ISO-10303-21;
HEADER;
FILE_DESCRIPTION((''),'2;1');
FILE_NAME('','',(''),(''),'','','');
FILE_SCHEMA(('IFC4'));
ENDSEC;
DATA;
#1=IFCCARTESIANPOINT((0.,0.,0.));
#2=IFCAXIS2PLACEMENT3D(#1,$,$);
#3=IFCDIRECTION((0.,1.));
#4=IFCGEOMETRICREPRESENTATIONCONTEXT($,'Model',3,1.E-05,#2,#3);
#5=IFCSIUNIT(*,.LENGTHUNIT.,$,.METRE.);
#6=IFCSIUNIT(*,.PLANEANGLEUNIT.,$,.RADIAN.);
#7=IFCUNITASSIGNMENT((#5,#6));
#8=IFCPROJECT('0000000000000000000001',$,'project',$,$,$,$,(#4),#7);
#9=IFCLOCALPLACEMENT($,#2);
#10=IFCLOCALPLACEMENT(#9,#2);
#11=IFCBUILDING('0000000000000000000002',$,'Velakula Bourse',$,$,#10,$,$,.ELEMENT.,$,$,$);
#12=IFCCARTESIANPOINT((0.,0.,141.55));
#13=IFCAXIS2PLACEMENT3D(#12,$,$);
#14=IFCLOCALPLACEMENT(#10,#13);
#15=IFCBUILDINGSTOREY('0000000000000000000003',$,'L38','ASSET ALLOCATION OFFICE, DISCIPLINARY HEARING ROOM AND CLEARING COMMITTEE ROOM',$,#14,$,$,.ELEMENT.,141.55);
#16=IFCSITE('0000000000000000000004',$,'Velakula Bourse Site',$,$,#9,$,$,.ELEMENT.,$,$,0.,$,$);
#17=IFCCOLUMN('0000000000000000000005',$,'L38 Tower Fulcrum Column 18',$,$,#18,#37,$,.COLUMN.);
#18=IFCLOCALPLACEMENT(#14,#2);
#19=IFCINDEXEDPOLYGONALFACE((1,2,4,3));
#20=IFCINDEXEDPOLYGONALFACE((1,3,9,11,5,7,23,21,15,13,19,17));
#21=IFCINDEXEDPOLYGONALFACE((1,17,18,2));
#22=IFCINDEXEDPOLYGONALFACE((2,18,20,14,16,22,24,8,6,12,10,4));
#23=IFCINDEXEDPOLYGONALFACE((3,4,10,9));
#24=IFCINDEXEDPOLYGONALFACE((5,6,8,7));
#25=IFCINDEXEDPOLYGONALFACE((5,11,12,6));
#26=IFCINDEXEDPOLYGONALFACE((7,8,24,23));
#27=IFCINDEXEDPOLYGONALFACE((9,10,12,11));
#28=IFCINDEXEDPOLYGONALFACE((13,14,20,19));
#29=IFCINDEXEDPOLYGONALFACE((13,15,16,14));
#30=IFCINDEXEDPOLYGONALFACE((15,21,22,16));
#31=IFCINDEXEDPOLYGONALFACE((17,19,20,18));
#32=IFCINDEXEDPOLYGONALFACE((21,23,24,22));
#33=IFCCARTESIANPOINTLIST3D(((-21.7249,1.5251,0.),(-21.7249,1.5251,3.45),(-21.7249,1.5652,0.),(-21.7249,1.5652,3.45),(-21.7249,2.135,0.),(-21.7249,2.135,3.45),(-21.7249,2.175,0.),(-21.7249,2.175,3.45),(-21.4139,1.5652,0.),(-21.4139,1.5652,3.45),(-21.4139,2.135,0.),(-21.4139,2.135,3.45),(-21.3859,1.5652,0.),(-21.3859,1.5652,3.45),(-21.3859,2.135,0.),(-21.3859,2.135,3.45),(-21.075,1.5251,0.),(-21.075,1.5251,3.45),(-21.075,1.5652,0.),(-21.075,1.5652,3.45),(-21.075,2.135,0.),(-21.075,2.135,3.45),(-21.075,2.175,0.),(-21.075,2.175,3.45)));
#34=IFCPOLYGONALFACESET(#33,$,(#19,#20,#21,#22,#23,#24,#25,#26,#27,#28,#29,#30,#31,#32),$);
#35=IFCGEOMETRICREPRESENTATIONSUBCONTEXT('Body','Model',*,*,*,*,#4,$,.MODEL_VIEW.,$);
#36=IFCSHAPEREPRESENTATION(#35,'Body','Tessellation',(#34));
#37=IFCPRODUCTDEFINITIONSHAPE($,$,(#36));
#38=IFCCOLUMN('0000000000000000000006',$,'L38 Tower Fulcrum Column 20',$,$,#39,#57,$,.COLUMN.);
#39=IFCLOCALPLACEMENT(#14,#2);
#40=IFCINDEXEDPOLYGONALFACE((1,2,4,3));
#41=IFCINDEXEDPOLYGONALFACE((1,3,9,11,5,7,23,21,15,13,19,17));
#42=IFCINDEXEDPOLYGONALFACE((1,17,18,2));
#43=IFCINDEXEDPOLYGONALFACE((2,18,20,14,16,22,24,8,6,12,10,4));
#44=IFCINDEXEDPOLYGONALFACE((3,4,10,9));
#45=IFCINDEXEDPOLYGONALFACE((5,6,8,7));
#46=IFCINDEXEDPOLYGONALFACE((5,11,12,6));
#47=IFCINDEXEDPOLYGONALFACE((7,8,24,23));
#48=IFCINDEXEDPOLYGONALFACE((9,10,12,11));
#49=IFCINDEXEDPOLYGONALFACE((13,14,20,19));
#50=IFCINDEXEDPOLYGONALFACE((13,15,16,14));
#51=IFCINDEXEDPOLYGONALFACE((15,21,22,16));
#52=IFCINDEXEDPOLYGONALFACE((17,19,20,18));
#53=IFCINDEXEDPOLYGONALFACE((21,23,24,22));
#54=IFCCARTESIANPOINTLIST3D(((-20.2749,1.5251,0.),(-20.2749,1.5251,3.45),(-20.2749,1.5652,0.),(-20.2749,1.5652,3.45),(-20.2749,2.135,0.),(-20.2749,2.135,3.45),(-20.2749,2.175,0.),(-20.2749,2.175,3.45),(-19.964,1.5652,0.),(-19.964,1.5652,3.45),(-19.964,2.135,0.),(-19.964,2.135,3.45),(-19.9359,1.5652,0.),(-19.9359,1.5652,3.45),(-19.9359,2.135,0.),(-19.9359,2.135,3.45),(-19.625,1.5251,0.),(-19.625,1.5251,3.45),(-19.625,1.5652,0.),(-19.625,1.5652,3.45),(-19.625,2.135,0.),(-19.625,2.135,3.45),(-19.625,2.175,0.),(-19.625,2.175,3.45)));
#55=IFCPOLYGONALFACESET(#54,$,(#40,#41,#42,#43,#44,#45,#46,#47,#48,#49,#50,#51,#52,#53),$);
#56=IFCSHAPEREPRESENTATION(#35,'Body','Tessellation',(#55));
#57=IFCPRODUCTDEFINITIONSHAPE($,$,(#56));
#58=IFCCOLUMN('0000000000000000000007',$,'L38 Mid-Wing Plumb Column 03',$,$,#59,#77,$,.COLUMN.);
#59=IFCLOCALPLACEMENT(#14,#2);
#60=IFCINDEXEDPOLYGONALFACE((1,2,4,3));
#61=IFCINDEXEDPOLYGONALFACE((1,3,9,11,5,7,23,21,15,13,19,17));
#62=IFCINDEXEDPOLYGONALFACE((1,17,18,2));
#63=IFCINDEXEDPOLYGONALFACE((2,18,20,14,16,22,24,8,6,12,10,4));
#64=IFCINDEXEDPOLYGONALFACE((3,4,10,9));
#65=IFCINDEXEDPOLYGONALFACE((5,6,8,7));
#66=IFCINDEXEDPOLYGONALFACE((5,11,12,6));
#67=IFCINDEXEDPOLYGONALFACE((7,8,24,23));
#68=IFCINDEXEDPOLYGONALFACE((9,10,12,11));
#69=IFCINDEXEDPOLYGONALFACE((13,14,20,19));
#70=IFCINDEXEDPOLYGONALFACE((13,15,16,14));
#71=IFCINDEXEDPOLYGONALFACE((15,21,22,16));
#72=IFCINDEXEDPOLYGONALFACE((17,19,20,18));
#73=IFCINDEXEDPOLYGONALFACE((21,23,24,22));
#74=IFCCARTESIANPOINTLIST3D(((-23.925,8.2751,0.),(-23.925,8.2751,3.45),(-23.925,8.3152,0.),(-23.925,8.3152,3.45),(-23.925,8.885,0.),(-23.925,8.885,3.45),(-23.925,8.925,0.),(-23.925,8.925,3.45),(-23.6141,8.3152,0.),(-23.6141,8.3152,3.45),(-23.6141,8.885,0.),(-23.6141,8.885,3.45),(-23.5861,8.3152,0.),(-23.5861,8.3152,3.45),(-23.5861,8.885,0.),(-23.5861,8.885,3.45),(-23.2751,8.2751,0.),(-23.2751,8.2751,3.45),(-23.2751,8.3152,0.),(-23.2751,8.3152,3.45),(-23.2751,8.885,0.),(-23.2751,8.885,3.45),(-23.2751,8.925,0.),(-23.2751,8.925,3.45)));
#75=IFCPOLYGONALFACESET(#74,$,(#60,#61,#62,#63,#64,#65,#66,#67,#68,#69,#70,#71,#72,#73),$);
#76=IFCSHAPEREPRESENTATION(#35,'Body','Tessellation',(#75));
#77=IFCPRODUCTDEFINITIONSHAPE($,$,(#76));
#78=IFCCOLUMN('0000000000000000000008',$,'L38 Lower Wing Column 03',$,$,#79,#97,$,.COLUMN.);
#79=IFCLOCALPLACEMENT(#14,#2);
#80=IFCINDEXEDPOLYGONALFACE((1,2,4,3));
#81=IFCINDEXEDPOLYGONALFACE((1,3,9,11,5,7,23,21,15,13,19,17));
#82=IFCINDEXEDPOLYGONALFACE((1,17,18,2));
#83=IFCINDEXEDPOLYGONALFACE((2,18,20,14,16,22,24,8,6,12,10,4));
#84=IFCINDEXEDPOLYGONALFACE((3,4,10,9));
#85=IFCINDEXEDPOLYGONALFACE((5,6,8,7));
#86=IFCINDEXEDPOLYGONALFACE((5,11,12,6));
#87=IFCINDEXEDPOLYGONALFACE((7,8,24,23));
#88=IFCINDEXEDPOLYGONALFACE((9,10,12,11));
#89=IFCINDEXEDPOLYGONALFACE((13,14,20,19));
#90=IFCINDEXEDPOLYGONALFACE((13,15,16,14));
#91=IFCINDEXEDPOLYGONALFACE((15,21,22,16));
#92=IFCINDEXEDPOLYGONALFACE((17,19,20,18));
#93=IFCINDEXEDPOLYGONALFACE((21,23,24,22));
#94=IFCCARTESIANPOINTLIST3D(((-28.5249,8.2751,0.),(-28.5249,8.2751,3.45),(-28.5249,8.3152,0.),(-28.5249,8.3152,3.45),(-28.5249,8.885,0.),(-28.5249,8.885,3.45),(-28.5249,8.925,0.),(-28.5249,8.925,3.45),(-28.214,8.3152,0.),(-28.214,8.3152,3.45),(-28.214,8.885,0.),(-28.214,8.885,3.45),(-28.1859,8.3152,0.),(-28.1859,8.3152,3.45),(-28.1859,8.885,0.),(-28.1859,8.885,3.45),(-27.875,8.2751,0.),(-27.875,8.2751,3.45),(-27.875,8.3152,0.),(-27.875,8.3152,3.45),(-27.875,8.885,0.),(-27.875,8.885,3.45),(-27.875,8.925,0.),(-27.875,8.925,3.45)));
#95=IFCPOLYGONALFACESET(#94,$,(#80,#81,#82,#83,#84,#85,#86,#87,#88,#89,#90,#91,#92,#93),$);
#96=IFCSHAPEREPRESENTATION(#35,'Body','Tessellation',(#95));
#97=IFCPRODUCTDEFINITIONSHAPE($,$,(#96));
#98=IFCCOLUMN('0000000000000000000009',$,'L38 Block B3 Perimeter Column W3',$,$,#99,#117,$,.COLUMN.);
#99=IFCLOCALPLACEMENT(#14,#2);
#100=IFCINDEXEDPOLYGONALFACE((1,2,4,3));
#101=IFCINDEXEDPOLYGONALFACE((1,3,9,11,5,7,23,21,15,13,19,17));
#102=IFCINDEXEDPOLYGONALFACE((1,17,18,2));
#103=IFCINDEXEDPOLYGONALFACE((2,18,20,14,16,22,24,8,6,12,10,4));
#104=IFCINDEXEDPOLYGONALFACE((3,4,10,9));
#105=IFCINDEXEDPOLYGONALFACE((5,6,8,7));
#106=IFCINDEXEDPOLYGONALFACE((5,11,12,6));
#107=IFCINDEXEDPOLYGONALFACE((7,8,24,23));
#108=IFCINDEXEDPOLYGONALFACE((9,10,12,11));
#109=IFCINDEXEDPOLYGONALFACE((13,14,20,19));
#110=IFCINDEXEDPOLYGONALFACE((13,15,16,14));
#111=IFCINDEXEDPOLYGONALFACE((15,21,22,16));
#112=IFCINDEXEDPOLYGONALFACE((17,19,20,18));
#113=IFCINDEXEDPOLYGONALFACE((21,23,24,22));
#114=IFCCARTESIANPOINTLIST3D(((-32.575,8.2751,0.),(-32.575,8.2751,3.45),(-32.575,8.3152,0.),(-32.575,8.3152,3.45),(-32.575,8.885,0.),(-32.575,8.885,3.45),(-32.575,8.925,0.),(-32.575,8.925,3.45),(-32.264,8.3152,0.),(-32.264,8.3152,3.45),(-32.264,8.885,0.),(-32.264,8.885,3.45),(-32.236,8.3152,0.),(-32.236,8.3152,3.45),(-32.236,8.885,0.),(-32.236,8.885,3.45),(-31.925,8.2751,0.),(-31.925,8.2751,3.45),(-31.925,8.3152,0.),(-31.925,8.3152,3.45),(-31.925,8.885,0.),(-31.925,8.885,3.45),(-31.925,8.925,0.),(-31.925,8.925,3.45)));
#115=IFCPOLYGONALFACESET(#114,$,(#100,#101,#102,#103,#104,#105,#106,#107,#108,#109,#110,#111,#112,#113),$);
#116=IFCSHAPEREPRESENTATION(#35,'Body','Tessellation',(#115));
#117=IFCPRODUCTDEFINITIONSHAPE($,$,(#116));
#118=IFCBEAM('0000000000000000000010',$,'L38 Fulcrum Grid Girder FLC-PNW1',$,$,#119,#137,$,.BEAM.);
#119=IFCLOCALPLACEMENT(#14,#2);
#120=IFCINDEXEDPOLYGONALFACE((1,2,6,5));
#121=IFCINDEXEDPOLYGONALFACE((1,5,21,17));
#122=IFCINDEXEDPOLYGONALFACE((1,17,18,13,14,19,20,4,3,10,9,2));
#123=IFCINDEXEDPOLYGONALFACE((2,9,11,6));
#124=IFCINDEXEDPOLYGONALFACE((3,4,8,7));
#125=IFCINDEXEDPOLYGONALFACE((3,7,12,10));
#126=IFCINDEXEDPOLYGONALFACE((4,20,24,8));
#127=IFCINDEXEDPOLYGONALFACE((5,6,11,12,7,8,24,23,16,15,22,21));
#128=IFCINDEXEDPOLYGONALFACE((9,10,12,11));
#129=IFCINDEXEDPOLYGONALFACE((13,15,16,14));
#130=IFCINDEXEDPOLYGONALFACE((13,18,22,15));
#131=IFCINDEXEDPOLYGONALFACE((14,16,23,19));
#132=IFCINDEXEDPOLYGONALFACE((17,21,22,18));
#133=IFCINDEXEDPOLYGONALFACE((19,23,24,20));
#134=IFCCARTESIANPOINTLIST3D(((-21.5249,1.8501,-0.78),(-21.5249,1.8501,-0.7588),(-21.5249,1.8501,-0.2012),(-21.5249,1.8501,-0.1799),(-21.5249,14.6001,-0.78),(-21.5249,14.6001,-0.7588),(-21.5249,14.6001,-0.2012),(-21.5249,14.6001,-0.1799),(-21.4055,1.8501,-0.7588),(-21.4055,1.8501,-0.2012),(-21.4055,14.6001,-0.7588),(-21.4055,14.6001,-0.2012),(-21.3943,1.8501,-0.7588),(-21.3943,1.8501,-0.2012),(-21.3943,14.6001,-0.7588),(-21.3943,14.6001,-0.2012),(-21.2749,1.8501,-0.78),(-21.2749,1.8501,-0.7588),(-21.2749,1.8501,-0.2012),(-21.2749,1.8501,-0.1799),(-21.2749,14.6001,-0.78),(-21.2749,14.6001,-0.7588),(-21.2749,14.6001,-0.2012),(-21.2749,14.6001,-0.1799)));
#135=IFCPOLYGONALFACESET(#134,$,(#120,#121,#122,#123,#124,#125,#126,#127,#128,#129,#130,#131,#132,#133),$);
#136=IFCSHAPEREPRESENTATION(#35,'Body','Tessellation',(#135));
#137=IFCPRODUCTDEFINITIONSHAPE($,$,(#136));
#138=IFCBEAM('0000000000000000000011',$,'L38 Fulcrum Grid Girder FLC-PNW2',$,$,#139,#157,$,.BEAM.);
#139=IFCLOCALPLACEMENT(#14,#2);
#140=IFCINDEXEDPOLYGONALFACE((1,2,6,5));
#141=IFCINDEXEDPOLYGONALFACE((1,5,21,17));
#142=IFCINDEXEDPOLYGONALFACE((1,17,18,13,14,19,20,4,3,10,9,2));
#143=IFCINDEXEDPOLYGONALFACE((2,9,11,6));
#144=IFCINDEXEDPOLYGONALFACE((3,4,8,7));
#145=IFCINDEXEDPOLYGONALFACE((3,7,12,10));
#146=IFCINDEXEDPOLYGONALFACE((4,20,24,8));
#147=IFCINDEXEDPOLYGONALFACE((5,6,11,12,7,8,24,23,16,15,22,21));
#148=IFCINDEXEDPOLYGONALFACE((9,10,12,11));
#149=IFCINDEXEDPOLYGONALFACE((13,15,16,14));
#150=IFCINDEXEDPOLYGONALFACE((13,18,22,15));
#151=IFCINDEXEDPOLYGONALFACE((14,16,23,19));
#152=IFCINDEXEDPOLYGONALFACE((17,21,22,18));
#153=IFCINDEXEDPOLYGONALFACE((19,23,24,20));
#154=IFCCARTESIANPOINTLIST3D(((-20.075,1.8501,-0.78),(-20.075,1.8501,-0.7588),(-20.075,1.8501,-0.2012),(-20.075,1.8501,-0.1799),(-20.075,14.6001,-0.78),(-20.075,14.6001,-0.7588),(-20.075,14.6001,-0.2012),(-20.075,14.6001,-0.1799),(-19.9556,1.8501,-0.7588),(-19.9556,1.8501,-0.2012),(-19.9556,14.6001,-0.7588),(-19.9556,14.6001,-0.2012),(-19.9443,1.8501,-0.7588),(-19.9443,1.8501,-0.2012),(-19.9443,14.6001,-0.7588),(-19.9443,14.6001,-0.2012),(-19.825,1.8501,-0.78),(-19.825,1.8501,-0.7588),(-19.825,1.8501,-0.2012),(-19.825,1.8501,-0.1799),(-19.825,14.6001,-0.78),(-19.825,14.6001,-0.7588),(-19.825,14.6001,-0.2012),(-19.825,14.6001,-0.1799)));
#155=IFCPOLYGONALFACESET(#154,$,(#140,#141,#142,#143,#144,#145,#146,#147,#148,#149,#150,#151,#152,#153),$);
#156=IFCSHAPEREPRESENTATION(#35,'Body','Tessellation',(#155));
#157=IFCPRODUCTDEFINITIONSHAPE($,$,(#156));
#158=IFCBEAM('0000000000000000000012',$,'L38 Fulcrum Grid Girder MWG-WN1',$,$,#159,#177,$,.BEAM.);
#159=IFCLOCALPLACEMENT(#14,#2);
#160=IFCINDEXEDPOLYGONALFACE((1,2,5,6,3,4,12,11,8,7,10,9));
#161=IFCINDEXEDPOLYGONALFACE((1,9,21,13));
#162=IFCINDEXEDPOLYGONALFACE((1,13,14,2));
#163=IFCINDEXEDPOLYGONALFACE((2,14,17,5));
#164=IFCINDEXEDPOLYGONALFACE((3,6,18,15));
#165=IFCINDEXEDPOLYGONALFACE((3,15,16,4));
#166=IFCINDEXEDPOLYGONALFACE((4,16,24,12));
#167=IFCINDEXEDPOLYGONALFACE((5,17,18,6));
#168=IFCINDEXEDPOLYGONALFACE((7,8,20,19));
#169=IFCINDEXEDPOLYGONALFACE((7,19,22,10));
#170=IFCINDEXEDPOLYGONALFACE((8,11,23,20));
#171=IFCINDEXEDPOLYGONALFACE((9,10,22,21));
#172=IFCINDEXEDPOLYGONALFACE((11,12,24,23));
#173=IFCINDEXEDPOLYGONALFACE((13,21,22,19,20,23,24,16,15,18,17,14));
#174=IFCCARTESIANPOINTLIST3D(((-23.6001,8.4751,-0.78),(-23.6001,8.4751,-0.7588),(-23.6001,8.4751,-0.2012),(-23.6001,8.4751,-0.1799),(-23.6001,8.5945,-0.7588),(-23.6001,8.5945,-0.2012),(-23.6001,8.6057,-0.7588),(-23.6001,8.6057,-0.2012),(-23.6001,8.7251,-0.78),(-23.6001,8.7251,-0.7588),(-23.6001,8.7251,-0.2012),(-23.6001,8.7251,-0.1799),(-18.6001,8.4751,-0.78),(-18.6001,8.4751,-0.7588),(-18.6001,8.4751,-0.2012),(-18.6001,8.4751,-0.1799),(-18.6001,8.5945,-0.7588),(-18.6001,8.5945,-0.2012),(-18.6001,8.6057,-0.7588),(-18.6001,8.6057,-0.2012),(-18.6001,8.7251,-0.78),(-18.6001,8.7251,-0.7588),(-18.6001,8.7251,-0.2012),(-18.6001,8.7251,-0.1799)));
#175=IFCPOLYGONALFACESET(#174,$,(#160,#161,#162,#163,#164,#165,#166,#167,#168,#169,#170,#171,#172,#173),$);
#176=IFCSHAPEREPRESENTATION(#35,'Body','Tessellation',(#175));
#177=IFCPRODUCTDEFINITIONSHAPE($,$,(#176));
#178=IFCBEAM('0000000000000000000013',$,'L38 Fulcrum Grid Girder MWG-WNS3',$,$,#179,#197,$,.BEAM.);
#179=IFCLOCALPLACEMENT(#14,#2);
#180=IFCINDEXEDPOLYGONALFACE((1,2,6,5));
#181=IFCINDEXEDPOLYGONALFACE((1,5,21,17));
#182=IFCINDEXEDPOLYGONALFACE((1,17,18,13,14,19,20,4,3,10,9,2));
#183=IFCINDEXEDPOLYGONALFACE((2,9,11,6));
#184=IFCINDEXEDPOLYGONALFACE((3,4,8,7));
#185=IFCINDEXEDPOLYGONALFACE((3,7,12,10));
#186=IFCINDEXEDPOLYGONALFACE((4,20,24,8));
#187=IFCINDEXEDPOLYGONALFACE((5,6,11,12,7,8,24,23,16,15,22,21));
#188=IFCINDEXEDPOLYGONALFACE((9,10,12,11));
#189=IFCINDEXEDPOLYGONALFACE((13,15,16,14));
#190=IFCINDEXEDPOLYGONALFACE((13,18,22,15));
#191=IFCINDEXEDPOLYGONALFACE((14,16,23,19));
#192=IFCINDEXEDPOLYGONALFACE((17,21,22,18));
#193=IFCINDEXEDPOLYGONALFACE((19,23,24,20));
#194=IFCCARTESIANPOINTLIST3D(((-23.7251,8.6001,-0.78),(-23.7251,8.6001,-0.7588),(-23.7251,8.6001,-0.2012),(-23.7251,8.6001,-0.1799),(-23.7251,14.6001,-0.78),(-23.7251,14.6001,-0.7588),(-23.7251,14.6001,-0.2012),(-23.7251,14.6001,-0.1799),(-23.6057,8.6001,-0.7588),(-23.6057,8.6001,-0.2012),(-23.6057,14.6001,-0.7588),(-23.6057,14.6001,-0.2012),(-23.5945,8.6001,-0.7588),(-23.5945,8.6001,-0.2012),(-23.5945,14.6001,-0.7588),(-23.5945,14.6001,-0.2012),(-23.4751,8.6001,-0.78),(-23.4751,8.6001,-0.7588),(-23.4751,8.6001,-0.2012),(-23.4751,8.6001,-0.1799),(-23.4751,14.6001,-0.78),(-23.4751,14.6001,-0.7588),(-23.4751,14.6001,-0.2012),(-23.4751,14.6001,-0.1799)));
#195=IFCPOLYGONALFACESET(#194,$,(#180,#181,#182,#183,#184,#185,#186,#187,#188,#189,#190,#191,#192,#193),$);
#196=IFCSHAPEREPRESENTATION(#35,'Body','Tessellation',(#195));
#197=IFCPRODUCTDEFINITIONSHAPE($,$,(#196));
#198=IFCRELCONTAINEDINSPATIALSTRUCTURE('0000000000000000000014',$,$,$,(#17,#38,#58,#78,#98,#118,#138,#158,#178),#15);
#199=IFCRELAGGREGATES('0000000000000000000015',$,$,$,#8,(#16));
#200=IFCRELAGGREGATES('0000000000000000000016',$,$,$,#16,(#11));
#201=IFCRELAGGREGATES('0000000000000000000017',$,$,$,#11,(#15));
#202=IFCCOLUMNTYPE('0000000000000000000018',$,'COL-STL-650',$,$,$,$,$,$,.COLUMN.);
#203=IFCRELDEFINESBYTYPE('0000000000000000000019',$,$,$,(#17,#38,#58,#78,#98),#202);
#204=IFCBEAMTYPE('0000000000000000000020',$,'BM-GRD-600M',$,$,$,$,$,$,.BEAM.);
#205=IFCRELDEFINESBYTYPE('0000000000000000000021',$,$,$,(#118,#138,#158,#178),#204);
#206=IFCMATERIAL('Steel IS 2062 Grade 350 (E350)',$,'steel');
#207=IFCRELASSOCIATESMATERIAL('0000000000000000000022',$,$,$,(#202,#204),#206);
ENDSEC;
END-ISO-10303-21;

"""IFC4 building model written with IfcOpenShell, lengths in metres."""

from ifc_helpers import new_model, si_unit, direction, frame, origin, origin_2d, place, context, subcontext, project, spatial, i_section, extrude, material, material_profile, profile_set, type_object, element, save


model = new_model("IFC4")

# Units and contexts
model_context = context("Model", 3, precision=1e-05, world=origin(), true_north=direction((0.0, 1.0)))
body_context = subcontext(model_context, "Body", "Model", "MODEL_VIEW")
ifc_project = project(units=[si_unit("LENGTHUNIT", "METRE"), si_unit("PLANEANGLEUNIT", "RADIAN")], contexts=[model_context])

# Site, building, storey
site_placement = place(None, origin())
site = spatial("IfcSite", under=ifc_project, at=site_placement, Name="Velakula Bourse Site", CompositionType="ELEMENT", RefElevation=0.0)
building_placement = place(site_placement, origin())
building = spatial("IfcBuilding", under=site, at=building_placement, Name="Velakula Bourse", CompositionType="ELEMENT")
storey_placement = place(building_placement, frame((0.0, 0.0, 141.55)))
storey = spatial("IfcBuildingStorey", under=building, at=storey_placement, Name="L38", Description="ASSET ALLOCATION OFFICE, DISCIPLINARY HEARING ROOM AND CLEARING COMMITTEE ROOM", CompositionType="ELEMENT", Elevation=141.55)

# Columns
ifc_material_1 = material(Name="Steel IS 2062 Grade 350 (E350)", Category="steel")
ifc_material_profile_1 = material_profile(ifc_material_1, i_section(OverallWidth=0.6499, OverallDepth=0.6499, WebThickness=0.0281, FlangeThickness=0.04, at=origin_2d()), Name="Steel IS 2062 Grade 350 (E350)")
ifc_profile_set_1 = profile_set([ifc_material_profile_1], Name="Steel IS 2062 Grade 350 (E350)")
column_type = type_object("IfcColumnType", Name="COL-STL-650", PredefinedType="COLUMN", material=ifc_profile_set_1)
for number, where, z_axis, x_axis, name in (
    (1, (-21.3999, 1.8501, 0.0), (0.0, 0.0, 1.0), (1.0, 0.0, 0.0), "L38 Tower Fulcrum Column 18"),
    (2, (-19.95, 1.8501, 0.0), (0.0, 0.0, 1.0), (1.0, 0.0, 0.0), "L38 Tower Fulcrum Column 20"),
    (3, (-23.6001, 8.6001, 0.0), (0.0, 0.0, 1.0), (1.0, 0.0, 0.0), "L38 Mid-Wing Plumb Column 03"),
    (4, (-28.2, 8.6001, 0.0), (0.0, 0.0, 1.0), (1.0, 0.0, 0.0), "L38 Lower Wing Column 03"),
    (5, (-32.25, 8.6001, 0.0), (0.0, 0.0, 1.0), (1.0, 0.0, 0.0), "L38 Block B3 Perimeter Column W3"),
):
    element("IfcColumn", number, at=place(storey_placement, frame(where, z_axis=z_axis, x_axis=x_axis)), inside=storey, type_object=column_type, Name=name, PredefinedType="COLUMN", context=body_context, shape_type="SweptSolid", body=[
        extrude(i_section(OverallWidth=0.6499, OverallDepth=0.6499, WebThickness=0.0281, FlangeThickness=0.04, at=origin_2d()), origin(), (0.0, 0.0, 1.0), 3.45),
    ])

# Beams
ifc_material_profile_2 = material_profile(ifc_material_1, i_section(OverallWidth=0.25, OverallDepth=0.6001, WebThickness=0.0112, FlangeThickness=0.0212, at=origin_2d()), Name="Steel IS 2062 Grade 350 (E350)")
ifc_profile_set_2 = profile_set([ifc_material_profile_2], Name="Steel IS 2062 Grade 350 (E350)")
beam_type_1 = type_object("IfcBeamType", Name="BM-GRD-600M", PredefinedType="BEAM", material=ifc_profile_set_2)
for number, where, z_axis, x_axis, name in (
    (6, (-21.3999, 1.8501, -0.48), (0.0, 1.0, 0.0), (-1.0, 0.0, 0.0), "L38 Fulcrum Grid Girder FLC-PNW1"),
    (7, (-19.95, 1.8501, -0.48), (0.0, 1.0, 0.0), (-1.0, 0.0, 0.0), "L38 Fulcrum Grid Girder FLC-PNW2"),
):
    element("IfcBeam", number, at=place(storey_placement, frame(where, z_axis=z_axis, x_axis=x_axis)), inside=storey, type_object=beam_type_1, Name=name, PredefinedType="BEAM", context=body_context, shape_type="SweptSolid", body=[
        extrude(i_section(OverallWidth=0.25, OverallDepth=0.6001, WebThickness=0.0112, FlangeThickness=0.0212, at=origin_2d()), origin(), (0.0, 0.0, 1.0), 12.75),
    ])
beam_1_placement = place(storey_placement, frame((-23.6001, 8.6001, -0.48), z_axis=(1.0, 0.0, 0.0), x_axis=(0.0, 1.0, 0.0)))
element("IfcBeam", 8, at=beam_1_placement, inside=storey, type_object=beam_type_1, Name="L38 Fulcrum Grid Girder MWG-WN1", PredefinedType="BEAM", context=body_context, shape_type="SweptSolid", body=[
    extrude(i_section(OverallWidth=0.25, OverallDepth=0.6001, WebThickness=0.0112, FlangeThickness=0.0212, at=origin_2d()), origin(), (0.0, 0.0, 1.0), 5.0),
])
beam_2_placement = place(storey_placement, frame((-23.6001, 8.6001, -0.48), z_axis=(0.0, 1.0, 0.0), x_axis=(-1.0, 0.0, 0.0)))
element("IfcBeam", 9, at=beam_2_placement, inside=storey, type_object=beam_type_1, Name="L38 Fulcrum Grid Girder MWG-WNS3", PredefinedType="BEAM", context=body_context, shape_type="SweptSolid", body=[
    extrude(i_section(OverallWidth=0.25, OverallDepth=0.6001, WebThickness=0.0112, FlangeThickness=0.0212, at=origin_2d()), origin(), (0.0, 0.0, 1.0), 6.0),
])

save(model, "model.ifc")
